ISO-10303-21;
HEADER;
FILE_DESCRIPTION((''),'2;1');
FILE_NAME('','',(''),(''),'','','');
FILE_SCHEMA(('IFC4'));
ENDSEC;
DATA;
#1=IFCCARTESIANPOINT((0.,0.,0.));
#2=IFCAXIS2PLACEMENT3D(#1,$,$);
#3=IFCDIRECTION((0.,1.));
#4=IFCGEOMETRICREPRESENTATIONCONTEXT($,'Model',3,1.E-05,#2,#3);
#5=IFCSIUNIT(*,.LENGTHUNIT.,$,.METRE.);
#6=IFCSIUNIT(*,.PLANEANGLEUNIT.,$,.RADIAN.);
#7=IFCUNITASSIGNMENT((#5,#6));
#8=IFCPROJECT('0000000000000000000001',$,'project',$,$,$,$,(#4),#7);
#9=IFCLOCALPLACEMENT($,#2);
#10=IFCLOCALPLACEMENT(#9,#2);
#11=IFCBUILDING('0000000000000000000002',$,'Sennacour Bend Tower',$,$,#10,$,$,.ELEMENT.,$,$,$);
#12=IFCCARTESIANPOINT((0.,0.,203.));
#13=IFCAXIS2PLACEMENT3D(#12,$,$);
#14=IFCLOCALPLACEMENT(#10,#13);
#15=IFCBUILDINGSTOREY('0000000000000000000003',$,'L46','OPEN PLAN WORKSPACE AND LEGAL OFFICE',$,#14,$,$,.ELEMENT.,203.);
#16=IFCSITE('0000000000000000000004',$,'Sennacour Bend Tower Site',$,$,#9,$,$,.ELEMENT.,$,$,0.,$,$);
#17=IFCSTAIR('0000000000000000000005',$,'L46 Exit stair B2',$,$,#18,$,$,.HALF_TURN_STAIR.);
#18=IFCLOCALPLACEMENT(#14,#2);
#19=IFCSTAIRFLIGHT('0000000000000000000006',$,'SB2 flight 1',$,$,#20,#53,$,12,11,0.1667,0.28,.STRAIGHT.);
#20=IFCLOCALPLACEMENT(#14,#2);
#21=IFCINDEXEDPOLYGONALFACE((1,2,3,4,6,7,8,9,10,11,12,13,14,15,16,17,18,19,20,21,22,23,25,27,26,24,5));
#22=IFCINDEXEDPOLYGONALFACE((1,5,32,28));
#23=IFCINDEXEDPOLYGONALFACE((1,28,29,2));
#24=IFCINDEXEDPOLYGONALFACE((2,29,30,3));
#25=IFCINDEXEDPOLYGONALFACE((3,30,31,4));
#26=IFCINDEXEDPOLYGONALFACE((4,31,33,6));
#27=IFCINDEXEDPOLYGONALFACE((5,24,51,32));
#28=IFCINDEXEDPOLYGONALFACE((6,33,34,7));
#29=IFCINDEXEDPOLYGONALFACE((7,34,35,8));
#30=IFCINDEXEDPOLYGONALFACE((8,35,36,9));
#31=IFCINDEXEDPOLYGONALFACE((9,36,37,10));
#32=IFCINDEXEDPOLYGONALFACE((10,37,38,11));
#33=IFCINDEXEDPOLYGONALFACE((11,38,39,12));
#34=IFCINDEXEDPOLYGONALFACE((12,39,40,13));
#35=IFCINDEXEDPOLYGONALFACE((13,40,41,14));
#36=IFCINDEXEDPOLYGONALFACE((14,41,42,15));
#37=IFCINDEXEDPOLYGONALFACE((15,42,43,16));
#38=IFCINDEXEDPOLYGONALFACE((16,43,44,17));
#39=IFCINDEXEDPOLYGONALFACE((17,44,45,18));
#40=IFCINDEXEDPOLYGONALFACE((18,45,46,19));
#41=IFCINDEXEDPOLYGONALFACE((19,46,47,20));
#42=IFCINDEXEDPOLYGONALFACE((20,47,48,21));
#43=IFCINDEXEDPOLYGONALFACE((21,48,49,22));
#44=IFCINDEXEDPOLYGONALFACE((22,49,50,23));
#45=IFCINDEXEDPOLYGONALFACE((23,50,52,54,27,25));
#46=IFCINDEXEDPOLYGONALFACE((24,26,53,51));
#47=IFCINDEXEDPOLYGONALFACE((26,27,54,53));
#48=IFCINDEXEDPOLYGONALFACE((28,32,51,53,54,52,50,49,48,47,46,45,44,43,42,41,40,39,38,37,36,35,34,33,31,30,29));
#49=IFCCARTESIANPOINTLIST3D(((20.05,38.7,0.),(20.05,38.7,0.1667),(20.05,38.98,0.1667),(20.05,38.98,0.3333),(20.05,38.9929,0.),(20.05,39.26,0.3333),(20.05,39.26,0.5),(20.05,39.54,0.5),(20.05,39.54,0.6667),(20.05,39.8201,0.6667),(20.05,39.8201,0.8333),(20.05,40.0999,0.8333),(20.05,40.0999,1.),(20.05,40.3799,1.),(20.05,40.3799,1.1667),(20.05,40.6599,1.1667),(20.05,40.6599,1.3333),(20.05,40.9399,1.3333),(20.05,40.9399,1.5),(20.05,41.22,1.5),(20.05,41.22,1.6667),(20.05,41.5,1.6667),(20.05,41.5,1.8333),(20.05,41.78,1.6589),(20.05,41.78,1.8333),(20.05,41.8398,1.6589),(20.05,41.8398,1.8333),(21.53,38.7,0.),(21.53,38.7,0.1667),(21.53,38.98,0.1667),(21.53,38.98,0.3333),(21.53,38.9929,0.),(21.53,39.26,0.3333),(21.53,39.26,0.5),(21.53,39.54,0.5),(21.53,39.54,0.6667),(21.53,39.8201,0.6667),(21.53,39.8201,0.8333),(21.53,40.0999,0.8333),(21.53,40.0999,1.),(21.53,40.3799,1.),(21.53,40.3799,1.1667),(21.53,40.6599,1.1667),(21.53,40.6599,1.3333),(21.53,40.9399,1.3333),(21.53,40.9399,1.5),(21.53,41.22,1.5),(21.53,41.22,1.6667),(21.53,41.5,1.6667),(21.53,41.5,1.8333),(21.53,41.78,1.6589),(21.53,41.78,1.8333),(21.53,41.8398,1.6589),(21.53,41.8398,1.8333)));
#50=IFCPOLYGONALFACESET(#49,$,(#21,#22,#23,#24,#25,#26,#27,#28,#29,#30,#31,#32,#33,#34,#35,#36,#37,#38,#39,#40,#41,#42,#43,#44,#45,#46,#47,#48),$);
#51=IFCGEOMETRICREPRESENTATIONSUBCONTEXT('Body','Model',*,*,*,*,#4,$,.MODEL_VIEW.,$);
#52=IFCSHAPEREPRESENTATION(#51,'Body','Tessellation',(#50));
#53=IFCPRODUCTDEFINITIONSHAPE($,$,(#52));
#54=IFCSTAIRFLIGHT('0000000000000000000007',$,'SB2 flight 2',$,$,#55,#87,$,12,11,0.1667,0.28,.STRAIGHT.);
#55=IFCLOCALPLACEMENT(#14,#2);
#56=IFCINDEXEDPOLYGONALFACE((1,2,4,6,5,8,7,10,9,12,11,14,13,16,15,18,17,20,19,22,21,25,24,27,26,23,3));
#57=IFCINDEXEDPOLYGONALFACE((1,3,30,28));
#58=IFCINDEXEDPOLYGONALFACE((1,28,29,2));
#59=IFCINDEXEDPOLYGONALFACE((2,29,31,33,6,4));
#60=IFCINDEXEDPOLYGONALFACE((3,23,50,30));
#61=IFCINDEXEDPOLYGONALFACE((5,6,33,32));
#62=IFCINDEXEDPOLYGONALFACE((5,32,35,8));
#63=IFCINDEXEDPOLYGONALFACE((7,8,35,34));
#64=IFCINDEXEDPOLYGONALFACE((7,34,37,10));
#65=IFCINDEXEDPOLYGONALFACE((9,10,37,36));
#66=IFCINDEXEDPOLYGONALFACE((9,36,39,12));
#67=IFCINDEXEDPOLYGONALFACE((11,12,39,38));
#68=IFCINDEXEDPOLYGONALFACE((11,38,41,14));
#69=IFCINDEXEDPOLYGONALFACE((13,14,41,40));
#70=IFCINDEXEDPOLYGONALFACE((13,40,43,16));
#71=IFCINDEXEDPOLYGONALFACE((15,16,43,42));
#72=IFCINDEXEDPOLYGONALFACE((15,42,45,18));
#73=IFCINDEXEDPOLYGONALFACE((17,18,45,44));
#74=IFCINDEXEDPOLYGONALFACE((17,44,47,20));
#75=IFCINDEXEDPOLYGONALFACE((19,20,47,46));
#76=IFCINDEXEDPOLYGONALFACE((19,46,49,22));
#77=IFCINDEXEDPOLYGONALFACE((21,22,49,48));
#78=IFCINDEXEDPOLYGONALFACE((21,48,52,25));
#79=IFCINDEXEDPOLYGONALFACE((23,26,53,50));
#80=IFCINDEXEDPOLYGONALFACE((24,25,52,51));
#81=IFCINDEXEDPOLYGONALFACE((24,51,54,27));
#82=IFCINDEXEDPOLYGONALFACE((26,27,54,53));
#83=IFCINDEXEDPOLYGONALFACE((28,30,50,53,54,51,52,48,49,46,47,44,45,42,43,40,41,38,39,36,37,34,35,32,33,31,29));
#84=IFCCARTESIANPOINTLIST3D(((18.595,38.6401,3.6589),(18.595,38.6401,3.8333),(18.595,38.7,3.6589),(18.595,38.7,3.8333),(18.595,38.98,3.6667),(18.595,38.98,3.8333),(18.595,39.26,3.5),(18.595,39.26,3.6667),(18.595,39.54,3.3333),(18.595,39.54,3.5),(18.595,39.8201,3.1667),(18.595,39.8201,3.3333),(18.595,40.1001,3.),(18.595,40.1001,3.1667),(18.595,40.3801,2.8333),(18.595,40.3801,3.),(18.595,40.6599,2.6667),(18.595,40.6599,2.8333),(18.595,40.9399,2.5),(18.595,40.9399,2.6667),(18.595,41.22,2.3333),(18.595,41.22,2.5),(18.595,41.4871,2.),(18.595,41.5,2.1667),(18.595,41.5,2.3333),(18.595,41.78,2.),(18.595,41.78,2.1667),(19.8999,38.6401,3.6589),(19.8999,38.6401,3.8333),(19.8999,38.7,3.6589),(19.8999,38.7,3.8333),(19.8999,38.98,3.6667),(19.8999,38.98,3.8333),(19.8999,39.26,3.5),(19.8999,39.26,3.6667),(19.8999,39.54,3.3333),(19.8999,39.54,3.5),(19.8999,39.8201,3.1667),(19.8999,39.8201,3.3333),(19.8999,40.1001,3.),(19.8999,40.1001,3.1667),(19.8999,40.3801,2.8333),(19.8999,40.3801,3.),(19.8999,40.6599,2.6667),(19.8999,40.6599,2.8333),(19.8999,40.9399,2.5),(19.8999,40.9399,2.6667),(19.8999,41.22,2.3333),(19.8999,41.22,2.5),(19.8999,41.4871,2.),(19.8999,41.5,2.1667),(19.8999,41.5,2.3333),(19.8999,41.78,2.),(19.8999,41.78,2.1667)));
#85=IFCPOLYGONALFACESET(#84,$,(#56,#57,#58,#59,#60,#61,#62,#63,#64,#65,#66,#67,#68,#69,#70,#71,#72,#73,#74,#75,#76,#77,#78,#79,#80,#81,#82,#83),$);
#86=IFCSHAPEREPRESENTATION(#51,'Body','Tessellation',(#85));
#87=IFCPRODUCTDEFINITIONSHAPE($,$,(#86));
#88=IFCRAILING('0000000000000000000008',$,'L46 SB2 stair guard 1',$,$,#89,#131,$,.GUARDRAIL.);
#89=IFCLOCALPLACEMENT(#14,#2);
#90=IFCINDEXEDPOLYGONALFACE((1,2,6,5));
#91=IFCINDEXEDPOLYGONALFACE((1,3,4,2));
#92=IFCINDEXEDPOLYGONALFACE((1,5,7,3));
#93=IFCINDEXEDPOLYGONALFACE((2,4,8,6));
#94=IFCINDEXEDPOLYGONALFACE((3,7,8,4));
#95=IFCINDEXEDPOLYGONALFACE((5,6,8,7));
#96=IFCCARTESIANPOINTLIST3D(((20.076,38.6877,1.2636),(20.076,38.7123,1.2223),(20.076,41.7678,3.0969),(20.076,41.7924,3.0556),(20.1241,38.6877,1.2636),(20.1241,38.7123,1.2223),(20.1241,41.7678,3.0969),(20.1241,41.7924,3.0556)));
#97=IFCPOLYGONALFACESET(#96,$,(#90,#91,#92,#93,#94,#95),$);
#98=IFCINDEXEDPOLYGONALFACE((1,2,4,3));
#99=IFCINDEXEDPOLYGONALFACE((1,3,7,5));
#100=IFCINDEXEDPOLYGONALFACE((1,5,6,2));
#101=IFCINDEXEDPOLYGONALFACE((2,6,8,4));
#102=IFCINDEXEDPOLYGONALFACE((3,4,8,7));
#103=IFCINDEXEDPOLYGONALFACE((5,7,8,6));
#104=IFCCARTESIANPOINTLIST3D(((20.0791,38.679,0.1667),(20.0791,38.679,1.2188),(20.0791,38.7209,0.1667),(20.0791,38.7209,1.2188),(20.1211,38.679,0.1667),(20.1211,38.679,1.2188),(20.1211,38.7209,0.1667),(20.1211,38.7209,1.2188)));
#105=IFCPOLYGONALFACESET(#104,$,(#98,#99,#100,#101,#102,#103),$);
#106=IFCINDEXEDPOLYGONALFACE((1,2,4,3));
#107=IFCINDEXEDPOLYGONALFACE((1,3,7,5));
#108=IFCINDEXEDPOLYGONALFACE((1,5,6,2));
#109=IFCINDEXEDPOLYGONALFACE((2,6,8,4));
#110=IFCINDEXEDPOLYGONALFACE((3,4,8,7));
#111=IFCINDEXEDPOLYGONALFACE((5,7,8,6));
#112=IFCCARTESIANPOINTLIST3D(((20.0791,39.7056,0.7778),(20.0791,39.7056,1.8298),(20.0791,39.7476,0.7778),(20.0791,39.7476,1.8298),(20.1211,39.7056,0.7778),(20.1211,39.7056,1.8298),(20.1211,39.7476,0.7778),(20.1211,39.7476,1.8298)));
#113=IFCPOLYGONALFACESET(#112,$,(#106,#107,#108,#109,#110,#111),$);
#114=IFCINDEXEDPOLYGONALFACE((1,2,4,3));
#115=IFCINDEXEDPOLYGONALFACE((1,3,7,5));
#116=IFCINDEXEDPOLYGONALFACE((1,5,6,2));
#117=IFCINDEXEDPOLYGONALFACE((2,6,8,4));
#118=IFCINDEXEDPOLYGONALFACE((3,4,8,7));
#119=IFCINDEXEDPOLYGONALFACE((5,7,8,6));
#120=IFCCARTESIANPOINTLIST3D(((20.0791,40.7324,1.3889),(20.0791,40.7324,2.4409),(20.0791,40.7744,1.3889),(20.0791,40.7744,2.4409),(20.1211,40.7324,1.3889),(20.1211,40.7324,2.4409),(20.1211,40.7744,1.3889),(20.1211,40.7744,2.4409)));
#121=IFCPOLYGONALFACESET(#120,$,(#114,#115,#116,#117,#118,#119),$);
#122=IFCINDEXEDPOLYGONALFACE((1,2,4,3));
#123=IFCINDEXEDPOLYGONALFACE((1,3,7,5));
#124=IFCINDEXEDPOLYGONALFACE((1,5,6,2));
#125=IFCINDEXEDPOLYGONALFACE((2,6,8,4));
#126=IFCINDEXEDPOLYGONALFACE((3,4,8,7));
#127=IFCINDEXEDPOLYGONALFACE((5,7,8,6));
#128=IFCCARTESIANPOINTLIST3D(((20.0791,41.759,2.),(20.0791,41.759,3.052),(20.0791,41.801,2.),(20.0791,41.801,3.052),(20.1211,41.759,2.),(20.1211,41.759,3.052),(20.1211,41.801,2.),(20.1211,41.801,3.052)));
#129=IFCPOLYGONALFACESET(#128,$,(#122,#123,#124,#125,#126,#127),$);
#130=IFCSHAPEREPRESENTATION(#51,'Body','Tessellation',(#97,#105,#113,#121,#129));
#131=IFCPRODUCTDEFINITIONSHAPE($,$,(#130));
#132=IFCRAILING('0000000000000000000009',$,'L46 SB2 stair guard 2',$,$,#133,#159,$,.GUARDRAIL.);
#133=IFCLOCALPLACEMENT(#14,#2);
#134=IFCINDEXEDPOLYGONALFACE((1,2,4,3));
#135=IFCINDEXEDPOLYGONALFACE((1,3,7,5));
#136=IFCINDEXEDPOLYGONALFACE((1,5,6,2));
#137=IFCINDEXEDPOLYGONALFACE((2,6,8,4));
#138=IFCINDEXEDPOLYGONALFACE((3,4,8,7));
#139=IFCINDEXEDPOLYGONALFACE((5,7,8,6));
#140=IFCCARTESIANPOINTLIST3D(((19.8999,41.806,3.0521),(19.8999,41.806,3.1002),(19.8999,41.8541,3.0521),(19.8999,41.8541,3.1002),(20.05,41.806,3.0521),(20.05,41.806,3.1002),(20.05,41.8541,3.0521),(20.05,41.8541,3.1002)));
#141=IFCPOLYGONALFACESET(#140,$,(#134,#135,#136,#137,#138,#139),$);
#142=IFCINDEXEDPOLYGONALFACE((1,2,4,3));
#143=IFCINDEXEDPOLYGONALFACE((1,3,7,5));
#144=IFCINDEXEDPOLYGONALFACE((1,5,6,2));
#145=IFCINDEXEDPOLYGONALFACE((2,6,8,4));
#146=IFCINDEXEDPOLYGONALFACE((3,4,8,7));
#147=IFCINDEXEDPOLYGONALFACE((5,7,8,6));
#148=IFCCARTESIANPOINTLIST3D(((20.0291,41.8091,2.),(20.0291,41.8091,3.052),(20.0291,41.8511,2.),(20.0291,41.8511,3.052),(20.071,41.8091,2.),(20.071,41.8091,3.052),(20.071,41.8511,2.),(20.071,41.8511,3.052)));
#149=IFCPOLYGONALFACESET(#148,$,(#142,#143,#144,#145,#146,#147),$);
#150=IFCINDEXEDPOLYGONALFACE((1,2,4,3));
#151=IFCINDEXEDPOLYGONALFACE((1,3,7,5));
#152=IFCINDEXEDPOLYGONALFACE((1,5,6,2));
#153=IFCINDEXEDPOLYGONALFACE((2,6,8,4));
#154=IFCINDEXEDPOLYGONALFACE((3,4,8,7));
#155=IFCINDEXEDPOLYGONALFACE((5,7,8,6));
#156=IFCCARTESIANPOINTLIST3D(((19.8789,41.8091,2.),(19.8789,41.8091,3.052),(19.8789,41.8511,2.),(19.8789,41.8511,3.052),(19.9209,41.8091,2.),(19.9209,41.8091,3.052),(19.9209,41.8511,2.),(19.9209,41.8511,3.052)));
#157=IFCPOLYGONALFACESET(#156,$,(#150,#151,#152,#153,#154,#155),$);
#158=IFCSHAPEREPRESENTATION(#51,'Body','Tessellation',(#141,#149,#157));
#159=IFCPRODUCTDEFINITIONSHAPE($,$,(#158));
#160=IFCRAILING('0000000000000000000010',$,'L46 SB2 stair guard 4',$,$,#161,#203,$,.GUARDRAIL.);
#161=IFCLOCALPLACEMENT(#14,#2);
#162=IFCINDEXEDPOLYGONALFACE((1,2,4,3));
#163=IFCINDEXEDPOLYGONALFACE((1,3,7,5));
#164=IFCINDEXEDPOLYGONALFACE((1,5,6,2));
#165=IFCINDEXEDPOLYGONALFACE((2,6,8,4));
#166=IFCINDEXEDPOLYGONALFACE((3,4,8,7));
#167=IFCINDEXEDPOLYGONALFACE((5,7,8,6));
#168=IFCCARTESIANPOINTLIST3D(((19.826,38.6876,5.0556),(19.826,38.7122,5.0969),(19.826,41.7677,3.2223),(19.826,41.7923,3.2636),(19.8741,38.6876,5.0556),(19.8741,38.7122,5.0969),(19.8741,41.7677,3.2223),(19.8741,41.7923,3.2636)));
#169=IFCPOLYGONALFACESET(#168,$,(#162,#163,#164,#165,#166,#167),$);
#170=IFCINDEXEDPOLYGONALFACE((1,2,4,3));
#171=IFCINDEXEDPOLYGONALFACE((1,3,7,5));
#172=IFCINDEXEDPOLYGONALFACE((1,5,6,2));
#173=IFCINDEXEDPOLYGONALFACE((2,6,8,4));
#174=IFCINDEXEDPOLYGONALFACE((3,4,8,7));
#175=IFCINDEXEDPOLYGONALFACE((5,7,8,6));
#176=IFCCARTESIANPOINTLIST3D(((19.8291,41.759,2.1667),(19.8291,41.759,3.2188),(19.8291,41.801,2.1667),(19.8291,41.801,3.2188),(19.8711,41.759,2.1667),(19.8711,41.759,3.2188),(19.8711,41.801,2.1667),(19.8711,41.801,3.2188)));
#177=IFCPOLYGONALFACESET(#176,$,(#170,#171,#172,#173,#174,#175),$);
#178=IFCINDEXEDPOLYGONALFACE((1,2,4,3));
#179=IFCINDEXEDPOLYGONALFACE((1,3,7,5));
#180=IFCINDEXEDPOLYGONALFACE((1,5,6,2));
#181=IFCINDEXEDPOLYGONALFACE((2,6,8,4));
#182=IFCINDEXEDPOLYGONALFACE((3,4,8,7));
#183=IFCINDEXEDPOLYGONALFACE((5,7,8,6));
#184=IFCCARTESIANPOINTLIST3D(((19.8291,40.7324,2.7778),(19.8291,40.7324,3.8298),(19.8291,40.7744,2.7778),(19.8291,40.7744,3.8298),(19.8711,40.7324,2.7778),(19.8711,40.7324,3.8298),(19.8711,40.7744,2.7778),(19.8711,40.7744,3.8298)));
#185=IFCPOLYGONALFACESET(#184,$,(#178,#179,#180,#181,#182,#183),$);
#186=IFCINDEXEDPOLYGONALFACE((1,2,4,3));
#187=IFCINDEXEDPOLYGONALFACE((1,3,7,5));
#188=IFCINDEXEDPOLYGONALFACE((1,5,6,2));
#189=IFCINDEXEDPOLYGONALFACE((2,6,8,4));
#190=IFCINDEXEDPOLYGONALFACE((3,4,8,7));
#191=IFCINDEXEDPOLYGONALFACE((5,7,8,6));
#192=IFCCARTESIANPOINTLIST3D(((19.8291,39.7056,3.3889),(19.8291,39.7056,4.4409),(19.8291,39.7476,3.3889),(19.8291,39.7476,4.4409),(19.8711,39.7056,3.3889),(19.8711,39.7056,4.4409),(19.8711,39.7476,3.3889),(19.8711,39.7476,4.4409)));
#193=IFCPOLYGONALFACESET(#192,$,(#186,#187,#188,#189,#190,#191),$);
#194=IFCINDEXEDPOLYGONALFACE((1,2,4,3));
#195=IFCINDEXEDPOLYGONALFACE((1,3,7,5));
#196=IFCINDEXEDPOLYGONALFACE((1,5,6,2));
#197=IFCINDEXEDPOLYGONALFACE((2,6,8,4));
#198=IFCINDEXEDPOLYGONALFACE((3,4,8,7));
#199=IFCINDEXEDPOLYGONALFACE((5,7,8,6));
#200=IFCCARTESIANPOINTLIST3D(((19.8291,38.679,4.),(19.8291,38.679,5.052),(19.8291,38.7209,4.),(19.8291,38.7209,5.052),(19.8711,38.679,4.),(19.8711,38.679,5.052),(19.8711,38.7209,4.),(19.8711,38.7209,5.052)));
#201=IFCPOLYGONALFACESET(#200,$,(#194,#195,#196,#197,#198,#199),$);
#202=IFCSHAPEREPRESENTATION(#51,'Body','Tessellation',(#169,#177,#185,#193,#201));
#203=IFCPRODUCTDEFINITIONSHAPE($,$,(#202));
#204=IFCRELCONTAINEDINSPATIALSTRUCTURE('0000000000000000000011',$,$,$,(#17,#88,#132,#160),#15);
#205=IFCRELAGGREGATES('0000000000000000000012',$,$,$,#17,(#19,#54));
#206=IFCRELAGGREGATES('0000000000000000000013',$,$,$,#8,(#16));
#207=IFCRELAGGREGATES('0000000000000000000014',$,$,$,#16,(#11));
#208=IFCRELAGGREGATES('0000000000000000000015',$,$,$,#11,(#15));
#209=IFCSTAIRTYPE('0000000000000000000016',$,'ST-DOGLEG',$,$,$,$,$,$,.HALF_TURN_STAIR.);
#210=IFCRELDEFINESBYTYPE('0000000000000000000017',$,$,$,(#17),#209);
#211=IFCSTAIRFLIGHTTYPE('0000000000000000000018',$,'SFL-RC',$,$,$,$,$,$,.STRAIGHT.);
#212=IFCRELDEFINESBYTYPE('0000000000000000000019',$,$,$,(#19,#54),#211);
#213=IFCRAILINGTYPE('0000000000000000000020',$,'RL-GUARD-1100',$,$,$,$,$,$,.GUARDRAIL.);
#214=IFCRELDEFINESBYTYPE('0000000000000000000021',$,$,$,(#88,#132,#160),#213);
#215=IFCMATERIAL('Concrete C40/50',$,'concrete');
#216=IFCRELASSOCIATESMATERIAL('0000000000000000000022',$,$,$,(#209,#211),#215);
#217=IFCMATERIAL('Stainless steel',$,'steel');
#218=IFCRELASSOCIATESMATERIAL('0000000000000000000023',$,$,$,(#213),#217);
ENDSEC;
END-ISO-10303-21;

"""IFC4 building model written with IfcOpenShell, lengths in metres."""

from ifc_helpers import new_model, si_unit, direction, frame, origin, origin_2d, place, context, subcontext, project, spatial, polyline, rectangle, outline, extrude, material, type_object, element, aggregate, save


model = new_model("IFC4")

# Units and contexts
model_context = context("Model", 3, precision=1e-05, world=origin(), true_north=direction((0.0, 1.0)))
body_context = subcontext(model_context, "Body", "Model", "MODEL_VIEW")
ifc_project = project(units=[si_unit("LENGTHUNIT", "METRE"), si_unit("PLANEANGLEUNIT", "RADIAN")], contexts=[model_context])

# Site, building, storey
site_placement = place(None, origin())
site = spatial("IfcSite", under=ifc_project, at=site_placement, Name="Sennacour Bend Tower Site", CompositionType="ELEMENT", RefElevation=0.0)
building_placement = place(site_placement, origin())
building = spatial("IfcBuilding", under=site, at=building_placement, Name="Sennacour Bend Tower", CompositionType="ELEMENT")
storey_placement = place(building_placement, frame((0.0, 0.0, 203.0)))
storey = spatial("IfcBuildingStorey", under=building, at=storey_placement, Name="L46", Description="OPEN PLAN WORKSPACE AND LEGAL OFFICE", CompositionType="ELEMENT", Elevation=203.0)

# Shared definitions
ifc_material_1 = material(Name="Stainless steel", Category="steel")

# Stair, stair flights
ifc_material_2 = material(Name="Concrete C40/50", Category="concrete")
stair_type = type_object("IfcStairType", Name="ST-DOGLEG", PredefinedType="HALF_TURN_STAIR", material=ifc_material_2)
stair_placement = place(storey_placement, origin())
stair = element("IfcStair", 1, at=stair_placement, inside=storey, type_object=stair_type, Name="L46 Exit stair B2", PredefinedType="HALF_TURN_STAIR")
stair_flight_type = type_object("IfcStairFlightType", Name="SFL-RC", PredefinedType="STRAIGHT", material=ifc_material_2)
stair_flight_1_placement = place(storey_placement, frame((20.79, 38.7, 0.0), z_axis=(0.0, 0.0, 1.0), x_axis=(0.0, 1.0, 0.0)))
stair_flight_1 = element("IfcStairFlight", 2, at=stair_flight_1_placement, type_object=stair_flight_type, Name="SB2 flight 1", NumberOfRisers=12, NumberOfTreads=11, PredefinedType="STRAIGHT", RiserHeight=0.1667, TreadLength=0.28, context=body_context, shape_type="SweptSolid", body=[
    extrude(outline(polyline([(0.0, 0.0), (0.0, 0.1667), (0.28, 0.1667), (0.28, 0.3333), (0.5601, 0.3333), (0.5601, 0.5), (0.8401, 0.5), (0.8401, 0.6667), (1.1201, 0.6667), (1.1201, 0.8333), (1.3999, 0.8333), (1.3999, 1.0), (1.6799, 1.0), (1.6799, 1.1667), (1.96, 1.1667), (1.96, 1.3333), (2.24, 1.3333), (2.24, 1.5), (2.52, 1.5), (2.52, 1.6667), (2.8, 1.6667), (2.8, 1.8333), (3.0801, 1.8333), (3.1399, 1.8333), (3.1399, 1.6589), (3.0801, 1.6589), (0.293, 0.0), (0.0, 0.0)])), frame((0.0, 0.74, 0.0), z_axis=(0.0, -1.0, 0.0), x_axis=(1.0, 0.0, 0.0)), (0.0, 0.0, 1.0), 1.48),
])
stair_flight_2_placement = place(storey_placement, frame((19.2476, 41.78, 2.0), z_axis=(0.0, 0.0, 1.0), x_axis=(0.0, -1.0, 0.0)))
stair_flight_2 = element("IfcStairFlight", 3, at=stair_flight_2_placement, type_object=stair_flight_type, Name="SB2 flight 2", NumberOfRisers=12, NumberOfTreads=11, PredefinedType="STRAIGHT", RiserHeight=0.1667, TreadLength=0.28, context=body_context, shape_type="SweptSolid", body=[
    extrude(outline(polyline([(0.0, 0.0), (0.0, 0.1667), (0.28, 0.1667), (0.28, 0.3333), (0.5601, 0.3333), (0.5601, 0.5), (0.8401, 0.5), (0.8401, 0.6667), (1.1201, 0.6667), (1.1201, 0.8333), (1.3999, 0.8333), (1.3999, 1.0), (1.6799, 1.0), (1.6799, 1.1667), (1.96, 1.1667), (1.96, 1.3333), (2.24, 1.3333), (2.24, 1.5), (2.52, 1.5), (2.52, 1.6667), (2.8, 1.6667), (2.8, 1.8333), (3.0801, 1.8333), (3.1399, 1.8333), (3.1399, 1.6589), (3.0801, 1.6589), (0.293, 0.0), (0.0, 0.0)])), frame((0.0, 0.6523, 0.0), z_axis=(0.0, -1.0, 0.0), x_axis=(1.0, 0.0, 0.0)), (0.0, 0.0, 1.0), 1.3049),
])
aggregate(stair, [stair_flight_1, stair_flight_2])

# Railings
railing_type_1 = type_object("IfcRailingType", Name="RL-GUARD-1100", PredefinedType="GUARDRAIL", material=ifc_material_1)
railing_1_placement = place(storey_placement, frame((20.1001, 38.7, 0.1667)))
element("IfcRailing", 4, at=railing_1_placement, inside=storey, type_object=railing_type_1, Name="L46 SB2 stair guard 1", PredefinedType="GUARDRAIL", context=body_context, shape_type="SweptSolid", body=[
    extrude(rectangle(XDim=0.0481, YDim=0.0481, at=origin_2d()), frame((0.0, 0.0, 1.0762), z_axis=(0.0, 0.859309, 0.511458), x_axis=(-1.0, 0.0, 0.0)), (0.0, 0.0, 1.0), 3.5845),
    extrude(rectangle(XDim=0.042, YDim=0.042, at=origin_2d()), origin(), (0.0, 0.0, 1.0), 1.052),
    extrude(rectangle(XDim=0.042, YDim=0.042, at=origin_2d()), frame((0.0, 1.0266, 0.6111)), (0.0, 0.0, 1.0), 1.052),
    extrude(rectangle(XDim=0.042, YDim=0.042, at=origin_2d()), frame((0.0, 2.0535, 1.2222)), (0.0, 0.0, 1.0), 1.052),
    extrude(rectangle(XDim=0.042, YDim=0.042, at=origin_2d()), frame((0.0, 3.0801, 1.8333)), (0.0, 0.0, 1.0), 1.052),
])
railing_2_placement = place(storey_placement, frame((20.05, 41.8301, 2.0)))
element("IfcRailing", 5, at=railing_2_placement, inside=storey, type_object=railing_type_1, Name="L46 SB2 stair guard 2", PredefinedType="GUARDRAIL", context=body_context, shape_type="SweptSolid", body=[
    extrude(rectangle(XDim=0.0481, YDim=0.0481, at=origin_2d()), frame((0.0, 0.0, 1.0762), z_axis=(-1.0, 0.0, 0.0), x_axis=(0.0, -1.0, 0.0)), (0.0, 0.0, 1.0), 0.1501),
    extrude(rectangle(XDim=0.042, YDim=0.042, at=origin_2d()), origin(), (0.0, 0.0, 1.0), 1.052),
    extrude(rectangle(XDim=0.042, YDim=0.042, at=origin_2d()), frame((-0.1501, 0.0, 0.0)), (0.0, 0.0, 1.0), 1.052),
])
railing_3_placement = place(storey_placement, frame((19.8501, 41.78, 2.1667)))
element("IfcRailing", 6, at=railing_3_placement, inside=storey, type_object=railing_type_1, Name="L46 SB2 stair guard 4", PredefinedType="GUARDRAIL", context=body_context, shape_type="SweptSolid", body=[
    extrude(rectangle(XDim=0.0481, YDim=0.0481, at=origin_2d()), frame((0.0, 0.0, 1.0762), z_axis=(0.0, -0.859309, 0.511458), x_axis=(1.0, 0.0, 0.0)), (0.0, 0.0, 1.0), 3.5845),
    extrude(rectangle(XDim=0.042, YDim=0.042, at=origin_2d()), origin(), (0.0, 0.0, 1.0), 1.052),
    extrude(rectangle(XDim=0.042, YDim=0.042, at=origin_2d()), frame((0.0, -1.0266, 0.6111)), (0.0, 0.0, 1.0), 1.052),
    extrude(rectangle(XDim=0.042, YDim=0.042, at=origin_2d()), frame((0.0, -2.0535, 1.2222)), (0.0, 0.0, 1.0), 1.052),
    extrude(rectangle(XDim=0.042, YDim=0.042, at=origin_2d()), frame((0.0, -3.0801, 1.8333)), (0.0, 0.0, 1.0), 1.052),
])

save(model, "model.ifc")
